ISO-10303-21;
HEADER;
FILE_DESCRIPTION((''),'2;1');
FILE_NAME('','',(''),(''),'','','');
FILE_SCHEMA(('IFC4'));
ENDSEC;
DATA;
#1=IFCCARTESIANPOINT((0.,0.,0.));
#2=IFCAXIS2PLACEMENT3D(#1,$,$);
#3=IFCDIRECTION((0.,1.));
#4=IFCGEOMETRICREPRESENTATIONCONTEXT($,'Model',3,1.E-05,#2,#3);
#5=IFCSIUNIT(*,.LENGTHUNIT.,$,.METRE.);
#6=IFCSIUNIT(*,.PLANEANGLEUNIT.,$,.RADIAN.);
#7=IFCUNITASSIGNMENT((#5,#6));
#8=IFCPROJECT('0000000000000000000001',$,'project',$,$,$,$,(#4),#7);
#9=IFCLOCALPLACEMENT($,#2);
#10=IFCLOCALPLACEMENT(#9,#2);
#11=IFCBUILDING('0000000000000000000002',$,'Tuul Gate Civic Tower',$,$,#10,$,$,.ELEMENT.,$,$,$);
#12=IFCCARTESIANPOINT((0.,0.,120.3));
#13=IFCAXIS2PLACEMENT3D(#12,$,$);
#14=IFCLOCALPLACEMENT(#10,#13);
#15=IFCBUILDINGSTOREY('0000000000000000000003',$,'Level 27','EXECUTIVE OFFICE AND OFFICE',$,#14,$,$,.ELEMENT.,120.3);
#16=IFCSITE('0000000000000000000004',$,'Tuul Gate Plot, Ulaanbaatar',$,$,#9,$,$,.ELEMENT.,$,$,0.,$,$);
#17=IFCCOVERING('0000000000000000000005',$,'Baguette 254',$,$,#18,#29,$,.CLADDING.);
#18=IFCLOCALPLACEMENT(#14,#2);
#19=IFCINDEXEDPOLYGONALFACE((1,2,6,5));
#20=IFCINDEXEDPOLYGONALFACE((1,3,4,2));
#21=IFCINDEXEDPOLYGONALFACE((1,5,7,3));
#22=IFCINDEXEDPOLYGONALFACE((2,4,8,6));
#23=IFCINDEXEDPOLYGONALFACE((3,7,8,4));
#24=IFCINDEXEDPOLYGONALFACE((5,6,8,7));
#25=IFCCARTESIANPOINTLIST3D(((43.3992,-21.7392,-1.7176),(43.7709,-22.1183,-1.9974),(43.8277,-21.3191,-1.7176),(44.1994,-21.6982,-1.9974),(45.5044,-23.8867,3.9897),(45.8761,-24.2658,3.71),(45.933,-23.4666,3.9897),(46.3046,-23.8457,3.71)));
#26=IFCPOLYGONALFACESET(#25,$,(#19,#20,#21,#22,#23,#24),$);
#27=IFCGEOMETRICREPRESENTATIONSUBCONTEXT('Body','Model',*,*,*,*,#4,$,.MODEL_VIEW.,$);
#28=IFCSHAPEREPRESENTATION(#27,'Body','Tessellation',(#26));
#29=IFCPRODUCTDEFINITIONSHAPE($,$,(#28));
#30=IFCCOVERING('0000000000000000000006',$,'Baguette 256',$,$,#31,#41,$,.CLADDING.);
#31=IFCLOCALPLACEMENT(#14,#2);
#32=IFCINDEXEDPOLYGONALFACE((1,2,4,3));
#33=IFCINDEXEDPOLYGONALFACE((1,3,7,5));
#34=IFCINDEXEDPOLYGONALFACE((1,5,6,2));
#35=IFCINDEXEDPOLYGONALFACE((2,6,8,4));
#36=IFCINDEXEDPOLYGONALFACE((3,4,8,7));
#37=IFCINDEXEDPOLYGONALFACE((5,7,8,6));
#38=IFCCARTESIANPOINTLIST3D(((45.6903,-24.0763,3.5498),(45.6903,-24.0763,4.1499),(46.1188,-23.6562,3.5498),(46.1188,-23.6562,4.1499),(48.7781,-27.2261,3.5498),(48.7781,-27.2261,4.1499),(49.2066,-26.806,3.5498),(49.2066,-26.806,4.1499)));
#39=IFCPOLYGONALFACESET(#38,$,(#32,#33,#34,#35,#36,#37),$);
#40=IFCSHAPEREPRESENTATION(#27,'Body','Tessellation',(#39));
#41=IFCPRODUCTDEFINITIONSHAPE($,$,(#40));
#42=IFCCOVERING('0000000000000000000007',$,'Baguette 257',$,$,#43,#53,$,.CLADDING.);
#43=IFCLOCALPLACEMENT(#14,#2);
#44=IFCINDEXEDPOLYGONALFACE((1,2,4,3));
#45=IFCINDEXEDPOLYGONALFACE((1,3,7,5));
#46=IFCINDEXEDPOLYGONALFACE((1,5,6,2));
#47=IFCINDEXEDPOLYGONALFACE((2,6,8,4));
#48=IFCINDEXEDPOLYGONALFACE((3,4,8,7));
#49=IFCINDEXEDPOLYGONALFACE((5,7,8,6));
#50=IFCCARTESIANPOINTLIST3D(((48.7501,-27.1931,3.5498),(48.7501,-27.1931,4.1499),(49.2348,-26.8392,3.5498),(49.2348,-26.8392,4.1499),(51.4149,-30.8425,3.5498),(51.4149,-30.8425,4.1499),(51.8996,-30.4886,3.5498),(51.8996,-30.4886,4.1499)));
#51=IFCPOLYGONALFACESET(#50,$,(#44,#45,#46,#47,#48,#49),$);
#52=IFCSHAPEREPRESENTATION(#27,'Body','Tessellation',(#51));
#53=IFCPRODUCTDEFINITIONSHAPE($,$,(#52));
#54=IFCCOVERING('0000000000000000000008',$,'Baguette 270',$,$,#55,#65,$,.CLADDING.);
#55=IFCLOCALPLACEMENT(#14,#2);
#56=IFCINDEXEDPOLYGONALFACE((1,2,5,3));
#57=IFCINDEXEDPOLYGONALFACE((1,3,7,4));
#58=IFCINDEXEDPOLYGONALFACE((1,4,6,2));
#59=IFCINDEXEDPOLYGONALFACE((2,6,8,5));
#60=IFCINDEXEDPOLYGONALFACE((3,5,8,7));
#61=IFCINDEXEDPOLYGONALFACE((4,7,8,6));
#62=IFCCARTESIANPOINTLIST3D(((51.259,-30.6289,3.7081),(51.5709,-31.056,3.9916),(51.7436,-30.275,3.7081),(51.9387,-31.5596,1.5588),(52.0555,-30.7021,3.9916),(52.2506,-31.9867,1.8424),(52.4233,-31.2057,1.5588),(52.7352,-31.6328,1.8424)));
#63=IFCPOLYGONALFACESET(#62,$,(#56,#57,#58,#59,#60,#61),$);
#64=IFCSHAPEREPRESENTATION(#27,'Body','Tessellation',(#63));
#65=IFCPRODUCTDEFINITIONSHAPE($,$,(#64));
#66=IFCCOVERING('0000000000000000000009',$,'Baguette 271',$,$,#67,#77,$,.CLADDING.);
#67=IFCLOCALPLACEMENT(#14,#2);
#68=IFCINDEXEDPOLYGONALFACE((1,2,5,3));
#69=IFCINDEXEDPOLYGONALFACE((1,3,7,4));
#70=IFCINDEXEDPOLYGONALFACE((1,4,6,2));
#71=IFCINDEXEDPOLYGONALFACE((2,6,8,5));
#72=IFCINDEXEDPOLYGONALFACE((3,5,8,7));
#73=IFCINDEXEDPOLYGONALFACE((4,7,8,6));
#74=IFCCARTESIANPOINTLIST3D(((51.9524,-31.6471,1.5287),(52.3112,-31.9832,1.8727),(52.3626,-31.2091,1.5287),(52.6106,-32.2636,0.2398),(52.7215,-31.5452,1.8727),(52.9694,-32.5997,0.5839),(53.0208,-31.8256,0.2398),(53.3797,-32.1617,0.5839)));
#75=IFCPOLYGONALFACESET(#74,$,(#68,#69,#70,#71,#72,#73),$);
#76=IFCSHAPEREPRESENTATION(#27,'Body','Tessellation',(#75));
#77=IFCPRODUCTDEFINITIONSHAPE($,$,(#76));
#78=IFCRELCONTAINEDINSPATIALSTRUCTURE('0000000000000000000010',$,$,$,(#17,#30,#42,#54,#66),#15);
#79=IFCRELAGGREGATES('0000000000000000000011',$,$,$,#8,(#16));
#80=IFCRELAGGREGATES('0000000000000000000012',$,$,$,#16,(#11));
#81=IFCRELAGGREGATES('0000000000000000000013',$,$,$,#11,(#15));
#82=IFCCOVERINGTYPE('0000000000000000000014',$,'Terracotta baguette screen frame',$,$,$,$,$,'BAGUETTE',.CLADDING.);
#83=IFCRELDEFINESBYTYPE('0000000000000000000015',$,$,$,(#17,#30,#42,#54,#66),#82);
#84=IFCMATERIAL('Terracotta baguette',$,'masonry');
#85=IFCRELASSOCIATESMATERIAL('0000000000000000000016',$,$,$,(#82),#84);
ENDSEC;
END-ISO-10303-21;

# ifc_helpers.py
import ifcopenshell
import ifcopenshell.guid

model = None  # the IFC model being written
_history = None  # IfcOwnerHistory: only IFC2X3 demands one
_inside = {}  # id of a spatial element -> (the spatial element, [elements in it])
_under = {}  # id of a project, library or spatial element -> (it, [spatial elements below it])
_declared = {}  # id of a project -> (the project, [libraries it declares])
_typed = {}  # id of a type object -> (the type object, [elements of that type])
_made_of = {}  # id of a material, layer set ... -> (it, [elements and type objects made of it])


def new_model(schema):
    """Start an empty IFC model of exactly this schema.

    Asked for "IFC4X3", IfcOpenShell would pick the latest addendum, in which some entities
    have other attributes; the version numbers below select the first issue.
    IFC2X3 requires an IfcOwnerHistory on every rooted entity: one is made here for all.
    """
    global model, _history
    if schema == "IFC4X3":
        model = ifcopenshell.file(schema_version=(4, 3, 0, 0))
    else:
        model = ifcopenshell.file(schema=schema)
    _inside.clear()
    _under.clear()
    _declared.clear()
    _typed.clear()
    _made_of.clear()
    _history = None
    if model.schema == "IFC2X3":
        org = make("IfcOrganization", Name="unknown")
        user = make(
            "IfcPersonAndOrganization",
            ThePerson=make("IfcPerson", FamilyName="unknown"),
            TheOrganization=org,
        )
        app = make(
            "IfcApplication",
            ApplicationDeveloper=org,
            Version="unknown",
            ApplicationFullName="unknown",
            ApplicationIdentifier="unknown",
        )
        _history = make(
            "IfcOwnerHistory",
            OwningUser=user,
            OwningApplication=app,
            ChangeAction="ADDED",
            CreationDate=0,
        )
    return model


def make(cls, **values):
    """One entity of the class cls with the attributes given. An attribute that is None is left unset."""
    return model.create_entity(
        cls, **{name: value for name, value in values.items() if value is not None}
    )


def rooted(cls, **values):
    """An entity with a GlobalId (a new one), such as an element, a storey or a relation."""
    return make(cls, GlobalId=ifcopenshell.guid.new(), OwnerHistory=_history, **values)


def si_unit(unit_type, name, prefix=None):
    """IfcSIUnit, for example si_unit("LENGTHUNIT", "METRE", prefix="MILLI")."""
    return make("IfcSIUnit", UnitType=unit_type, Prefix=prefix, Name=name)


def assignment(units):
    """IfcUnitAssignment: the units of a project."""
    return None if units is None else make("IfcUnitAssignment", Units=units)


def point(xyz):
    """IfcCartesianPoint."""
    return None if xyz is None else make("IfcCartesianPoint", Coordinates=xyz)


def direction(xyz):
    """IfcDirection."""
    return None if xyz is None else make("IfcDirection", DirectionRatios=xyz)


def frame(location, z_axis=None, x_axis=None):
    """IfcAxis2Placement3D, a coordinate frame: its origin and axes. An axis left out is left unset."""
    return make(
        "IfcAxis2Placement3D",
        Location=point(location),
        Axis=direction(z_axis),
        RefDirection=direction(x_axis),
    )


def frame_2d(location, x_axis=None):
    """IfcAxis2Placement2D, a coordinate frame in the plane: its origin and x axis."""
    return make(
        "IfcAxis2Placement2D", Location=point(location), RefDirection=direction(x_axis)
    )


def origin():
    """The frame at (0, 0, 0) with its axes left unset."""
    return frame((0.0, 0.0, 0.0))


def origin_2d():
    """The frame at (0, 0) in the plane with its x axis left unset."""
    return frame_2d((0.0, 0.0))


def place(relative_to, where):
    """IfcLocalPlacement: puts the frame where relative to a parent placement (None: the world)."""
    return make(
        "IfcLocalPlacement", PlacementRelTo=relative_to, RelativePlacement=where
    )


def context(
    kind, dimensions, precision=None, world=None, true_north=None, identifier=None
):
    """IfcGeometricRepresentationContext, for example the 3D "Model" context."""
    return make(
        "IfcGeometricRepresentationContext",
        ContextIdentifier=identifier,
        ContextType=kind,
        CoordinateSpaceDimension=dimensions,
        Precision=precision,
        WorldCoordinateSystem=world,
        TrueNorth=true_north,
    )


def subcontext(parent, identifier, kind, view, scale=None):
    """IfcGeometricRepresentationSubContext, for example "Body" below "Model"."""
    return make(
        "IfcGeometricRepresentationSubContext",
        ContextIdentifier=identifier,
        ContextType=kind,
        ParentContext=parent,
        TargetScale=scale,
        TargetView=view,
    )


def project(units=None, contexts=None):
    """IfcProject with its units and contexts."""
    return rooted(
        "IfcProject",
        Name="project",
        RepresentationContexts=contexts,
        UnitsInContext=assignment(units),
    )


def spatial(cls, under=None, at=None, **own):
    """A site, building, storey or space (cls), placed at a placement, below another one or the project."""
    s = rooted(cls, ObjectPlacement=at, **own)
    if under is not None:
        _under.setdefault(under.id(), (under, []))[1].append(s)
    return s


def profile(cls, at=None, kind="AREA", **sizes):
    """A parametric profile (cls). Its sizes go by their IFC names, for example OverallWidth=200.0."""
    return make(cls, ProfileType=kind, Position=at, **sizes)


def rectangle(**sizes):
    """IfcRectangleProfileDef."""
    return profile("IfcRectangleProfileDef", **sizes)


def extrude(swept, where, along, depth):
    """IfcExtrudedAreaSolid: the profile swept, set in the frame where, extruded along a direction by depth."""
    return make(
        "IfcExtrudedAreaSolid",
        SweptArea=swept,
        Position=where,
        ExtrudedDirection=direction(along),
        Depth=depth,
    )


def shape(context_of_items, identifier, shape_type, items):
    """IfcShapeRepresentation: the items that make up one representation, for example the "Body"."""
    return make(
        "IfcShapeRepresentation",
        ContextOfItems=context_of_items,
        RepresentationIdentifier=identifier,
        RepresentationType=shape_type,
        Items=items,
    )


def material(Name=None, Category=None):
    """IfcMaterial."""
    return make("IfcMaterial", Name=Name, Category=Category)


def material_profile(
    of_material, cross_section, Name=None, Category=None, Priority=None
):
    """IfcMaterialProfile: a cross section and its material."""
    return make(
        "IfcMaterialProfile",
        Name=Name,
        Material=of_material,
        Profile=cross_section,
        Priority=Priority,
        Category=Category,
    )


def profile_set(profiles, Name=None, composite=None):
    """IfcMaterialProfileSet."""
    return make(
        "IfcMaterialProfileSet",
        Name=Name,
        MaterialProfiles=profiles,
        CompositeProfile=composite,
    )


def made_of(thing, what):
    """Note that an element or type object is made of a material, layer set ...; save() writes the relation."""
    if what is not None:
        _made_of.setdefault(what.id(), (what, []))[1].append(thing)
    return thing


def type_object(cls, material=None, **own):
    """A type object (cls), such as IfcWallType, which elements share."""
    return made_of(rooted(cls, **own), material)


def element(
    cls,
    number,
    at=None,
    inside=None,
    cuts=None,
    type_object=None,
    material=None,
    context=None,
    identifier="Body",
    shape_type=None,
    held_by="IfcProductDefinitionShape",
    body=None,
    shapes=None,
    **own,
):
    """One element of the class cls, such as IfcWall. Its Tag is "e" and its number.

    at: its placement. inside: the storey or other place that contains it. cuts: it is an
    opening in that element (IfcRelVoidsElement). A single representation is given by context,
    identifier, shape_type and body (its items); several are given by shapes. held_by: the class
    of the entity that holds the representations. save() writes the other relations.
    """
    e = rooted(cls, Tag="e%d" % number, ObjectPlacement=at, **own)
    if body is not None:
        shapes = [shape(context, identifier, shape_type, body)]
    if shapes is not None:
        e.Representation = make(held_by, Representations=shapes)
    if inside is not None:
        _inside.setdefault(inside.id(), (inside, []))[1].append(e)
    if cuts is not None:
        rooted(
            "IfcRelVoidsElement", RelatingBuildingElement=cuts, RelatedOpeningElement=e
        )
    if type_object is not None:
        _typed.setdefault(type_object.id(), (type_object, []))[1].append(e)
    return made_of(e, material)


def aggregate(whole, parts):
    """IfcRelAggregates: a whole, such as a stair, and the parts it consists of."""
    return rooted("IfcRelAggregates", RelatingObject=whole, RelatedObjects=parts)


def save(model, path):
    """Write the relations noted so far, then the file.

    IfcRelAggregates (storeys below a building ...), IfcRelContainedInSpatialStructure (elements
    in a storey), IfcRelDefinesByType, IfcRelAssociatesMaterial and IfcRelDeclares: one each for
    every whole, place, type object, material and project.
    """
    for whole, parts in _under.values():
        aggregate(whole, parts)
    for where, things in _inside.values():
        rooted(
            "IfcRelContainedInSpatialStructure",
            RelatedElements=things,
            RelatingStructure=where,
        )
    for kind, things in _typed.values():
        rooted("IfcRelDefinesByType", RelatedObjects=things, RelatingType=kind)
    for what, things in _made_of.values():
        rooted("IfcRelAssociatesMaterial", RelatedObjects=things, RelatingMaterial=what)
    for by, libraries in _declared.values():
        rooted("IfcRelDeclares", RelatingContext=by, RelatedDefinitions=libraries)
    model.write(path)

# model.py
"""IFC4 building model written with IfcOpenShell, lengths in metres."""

from ifc_helpers import new_model, si_unit, direction, frame, origin, origin_2d, place, context, subcontext, project, spatial, rectangle, extrude, material, material_profile, profile_set, type_object, element, save


model = new_model("IFC4")

# Units and contexts
model_context = context("Model", 3, precision=1e-05, world=origin(), true_north=direction((0.0, 1.0)))
body_context = subcontext(model_context, "Body", "Model", "MODEL_VIEW")
ifc_project = project(units=[si_unit("LENGTHUNIT", "METRE"), si_unit("PLANEANGLEUNIT", "RADIAN")], contexts=[model_context])

# Site, building, storey
site_placement = place(None, origin())
site = spatial("IfcSite", under=ifc_project, at=site_placement, Name="Tuul Gate Plot, Ulaanbaatar", CompositionType="ELEMENT", RefElevation=0.0)
building_placement = place(site_placement, origin())
building = spatial("IfcBuilding", under=site, at=building_placement, Name="Tuul Gate Civic Tower", CompositionType="ELEMENT")
storey_placement = place(building_placement, frame((0.0, 0.0, 120.3)))
storey = spatial("IfcBuildingStorey", under=building, at=storey_placement, Name="Level 27", Description="EXECUTIVE OFFICE AND OFFICE", CompositionType="ELEMENT", Elevation=120.3)

# Coverings
ifc_material_1 = material(Name="Terracotta baguette", Category="masonry")
ifc_material_profile_1 = material_profile(ifc_material_1, rectangle(XDim=0.6001, YDim=0.6001, at=origin_2d()), Name="Terracotta baguette screen frame")
ifc_profile_set_1 = profile_set([ifc_material_profile_1], Name="Terracotta baguette")
covering_type = type_object("IfcCoveringType", Name="Terracotta baguette screen frame", ElementType="BAGUETTE", PredefinedType="CLADDING", material=ifc_profile_set_1)
covering_1_placement = place(storey_placement, frame((45.9045, -23.8662, 3.8499), z_axis=(-0.326336, 0.332883, -0.8847), x_axis=(-0.714094, -0.700049, 0.0)))
element("IfcCovering", 1, at=covering_1_placement, inside=storey, type_object=covering_type, Name="Baguette 254", PredefinedType="CLADDING", context=body_context, shape_type="SweptSolid", body=[
    extrude(rectangle(XDim=0.6001, YDim=0.6001, at=origin_2d()), origin(), (0.0, 0.0, 1.0), 6.4512),
])
covering_2_placement = place(storey_placement, frame((45.9045, -23.8662, 3.8499), z_axis=(0.700043, -0.714101, 0.0), x_axis=(0.714101, 0.700043, 0.0)))
element("IfcCovering", 2, at=covering_2_placement, inside=storey, type_object=covering_type, Name="Baguette 256", PredefinedType="CLADDING", context=body_context, shape_type="SweptSolid", body=[
    extrude(rectangle(XDim=0.6001, YDim=0.6001, at=origin_2d()), origin(), (0.0, 0.0, 1.0), 4.4109),
])
covering_3_placement = place(storey_placement, frame((48.9924, -27.0161, 3.8499), z_axis=(0.589716, -0.807611, 0.0), x_axis=(0.807611, 0.589716, 0.0)))
element("IfcCovering", 3, at=covering_3_placement, inside=storey, type_object=covering_type, Name="Baguette 257", PredefinedType="CLADDING", context=body_context, shape_type="SweptSolid", body=[
    extrude(rectangle(XDim=0.6001, YDim=0.6001, at=origin_2d()), origin(), (0.0, 0.0, 1.0), 4.5188),
])
covering_4_placement = place(storey_placement, frame((51.6572, -30.6655, 3.8499), z_axis=(0.278714, -0.38163, -0.881293), x_axis=(0.807562, 0.589783, 0.0)))
element("IfcCovering", 4, at=covering_4_placement, inside=storey, type_object=covering_type, Name="Baguette 270", PredefinedType="CLADDING", context=body_context, shape_type="SweptSolid", body=[
    extrude(rectangle(XDim=0.6001, YDim=0.6001, at=origin_2d()), origin(), (0.0, 0.0, 1.0), 2.4387),
])
covering_5_placement = place(storey_placement, frame((52.3369, -31.5962, 1.7007), z_axis=(0.41844, -0.3919, -0.819342), x_axis=(0.683581, 0.729875, 0.0)))
element("IfcCovering", 5, at=covering_5_placement, inside=storey, type_object=covering_type, Name="Baguette 271", PredefinedType="CLADDING", context=body_context, shape_type="SweptSolid", body=[
    extrude(rectangle(XDim=0.6001, YDim=0.6001, at=origin_2d()), origin(), (0.0, 0.0, 1.0), 1.573),
])

save(model, "model.ifc")
